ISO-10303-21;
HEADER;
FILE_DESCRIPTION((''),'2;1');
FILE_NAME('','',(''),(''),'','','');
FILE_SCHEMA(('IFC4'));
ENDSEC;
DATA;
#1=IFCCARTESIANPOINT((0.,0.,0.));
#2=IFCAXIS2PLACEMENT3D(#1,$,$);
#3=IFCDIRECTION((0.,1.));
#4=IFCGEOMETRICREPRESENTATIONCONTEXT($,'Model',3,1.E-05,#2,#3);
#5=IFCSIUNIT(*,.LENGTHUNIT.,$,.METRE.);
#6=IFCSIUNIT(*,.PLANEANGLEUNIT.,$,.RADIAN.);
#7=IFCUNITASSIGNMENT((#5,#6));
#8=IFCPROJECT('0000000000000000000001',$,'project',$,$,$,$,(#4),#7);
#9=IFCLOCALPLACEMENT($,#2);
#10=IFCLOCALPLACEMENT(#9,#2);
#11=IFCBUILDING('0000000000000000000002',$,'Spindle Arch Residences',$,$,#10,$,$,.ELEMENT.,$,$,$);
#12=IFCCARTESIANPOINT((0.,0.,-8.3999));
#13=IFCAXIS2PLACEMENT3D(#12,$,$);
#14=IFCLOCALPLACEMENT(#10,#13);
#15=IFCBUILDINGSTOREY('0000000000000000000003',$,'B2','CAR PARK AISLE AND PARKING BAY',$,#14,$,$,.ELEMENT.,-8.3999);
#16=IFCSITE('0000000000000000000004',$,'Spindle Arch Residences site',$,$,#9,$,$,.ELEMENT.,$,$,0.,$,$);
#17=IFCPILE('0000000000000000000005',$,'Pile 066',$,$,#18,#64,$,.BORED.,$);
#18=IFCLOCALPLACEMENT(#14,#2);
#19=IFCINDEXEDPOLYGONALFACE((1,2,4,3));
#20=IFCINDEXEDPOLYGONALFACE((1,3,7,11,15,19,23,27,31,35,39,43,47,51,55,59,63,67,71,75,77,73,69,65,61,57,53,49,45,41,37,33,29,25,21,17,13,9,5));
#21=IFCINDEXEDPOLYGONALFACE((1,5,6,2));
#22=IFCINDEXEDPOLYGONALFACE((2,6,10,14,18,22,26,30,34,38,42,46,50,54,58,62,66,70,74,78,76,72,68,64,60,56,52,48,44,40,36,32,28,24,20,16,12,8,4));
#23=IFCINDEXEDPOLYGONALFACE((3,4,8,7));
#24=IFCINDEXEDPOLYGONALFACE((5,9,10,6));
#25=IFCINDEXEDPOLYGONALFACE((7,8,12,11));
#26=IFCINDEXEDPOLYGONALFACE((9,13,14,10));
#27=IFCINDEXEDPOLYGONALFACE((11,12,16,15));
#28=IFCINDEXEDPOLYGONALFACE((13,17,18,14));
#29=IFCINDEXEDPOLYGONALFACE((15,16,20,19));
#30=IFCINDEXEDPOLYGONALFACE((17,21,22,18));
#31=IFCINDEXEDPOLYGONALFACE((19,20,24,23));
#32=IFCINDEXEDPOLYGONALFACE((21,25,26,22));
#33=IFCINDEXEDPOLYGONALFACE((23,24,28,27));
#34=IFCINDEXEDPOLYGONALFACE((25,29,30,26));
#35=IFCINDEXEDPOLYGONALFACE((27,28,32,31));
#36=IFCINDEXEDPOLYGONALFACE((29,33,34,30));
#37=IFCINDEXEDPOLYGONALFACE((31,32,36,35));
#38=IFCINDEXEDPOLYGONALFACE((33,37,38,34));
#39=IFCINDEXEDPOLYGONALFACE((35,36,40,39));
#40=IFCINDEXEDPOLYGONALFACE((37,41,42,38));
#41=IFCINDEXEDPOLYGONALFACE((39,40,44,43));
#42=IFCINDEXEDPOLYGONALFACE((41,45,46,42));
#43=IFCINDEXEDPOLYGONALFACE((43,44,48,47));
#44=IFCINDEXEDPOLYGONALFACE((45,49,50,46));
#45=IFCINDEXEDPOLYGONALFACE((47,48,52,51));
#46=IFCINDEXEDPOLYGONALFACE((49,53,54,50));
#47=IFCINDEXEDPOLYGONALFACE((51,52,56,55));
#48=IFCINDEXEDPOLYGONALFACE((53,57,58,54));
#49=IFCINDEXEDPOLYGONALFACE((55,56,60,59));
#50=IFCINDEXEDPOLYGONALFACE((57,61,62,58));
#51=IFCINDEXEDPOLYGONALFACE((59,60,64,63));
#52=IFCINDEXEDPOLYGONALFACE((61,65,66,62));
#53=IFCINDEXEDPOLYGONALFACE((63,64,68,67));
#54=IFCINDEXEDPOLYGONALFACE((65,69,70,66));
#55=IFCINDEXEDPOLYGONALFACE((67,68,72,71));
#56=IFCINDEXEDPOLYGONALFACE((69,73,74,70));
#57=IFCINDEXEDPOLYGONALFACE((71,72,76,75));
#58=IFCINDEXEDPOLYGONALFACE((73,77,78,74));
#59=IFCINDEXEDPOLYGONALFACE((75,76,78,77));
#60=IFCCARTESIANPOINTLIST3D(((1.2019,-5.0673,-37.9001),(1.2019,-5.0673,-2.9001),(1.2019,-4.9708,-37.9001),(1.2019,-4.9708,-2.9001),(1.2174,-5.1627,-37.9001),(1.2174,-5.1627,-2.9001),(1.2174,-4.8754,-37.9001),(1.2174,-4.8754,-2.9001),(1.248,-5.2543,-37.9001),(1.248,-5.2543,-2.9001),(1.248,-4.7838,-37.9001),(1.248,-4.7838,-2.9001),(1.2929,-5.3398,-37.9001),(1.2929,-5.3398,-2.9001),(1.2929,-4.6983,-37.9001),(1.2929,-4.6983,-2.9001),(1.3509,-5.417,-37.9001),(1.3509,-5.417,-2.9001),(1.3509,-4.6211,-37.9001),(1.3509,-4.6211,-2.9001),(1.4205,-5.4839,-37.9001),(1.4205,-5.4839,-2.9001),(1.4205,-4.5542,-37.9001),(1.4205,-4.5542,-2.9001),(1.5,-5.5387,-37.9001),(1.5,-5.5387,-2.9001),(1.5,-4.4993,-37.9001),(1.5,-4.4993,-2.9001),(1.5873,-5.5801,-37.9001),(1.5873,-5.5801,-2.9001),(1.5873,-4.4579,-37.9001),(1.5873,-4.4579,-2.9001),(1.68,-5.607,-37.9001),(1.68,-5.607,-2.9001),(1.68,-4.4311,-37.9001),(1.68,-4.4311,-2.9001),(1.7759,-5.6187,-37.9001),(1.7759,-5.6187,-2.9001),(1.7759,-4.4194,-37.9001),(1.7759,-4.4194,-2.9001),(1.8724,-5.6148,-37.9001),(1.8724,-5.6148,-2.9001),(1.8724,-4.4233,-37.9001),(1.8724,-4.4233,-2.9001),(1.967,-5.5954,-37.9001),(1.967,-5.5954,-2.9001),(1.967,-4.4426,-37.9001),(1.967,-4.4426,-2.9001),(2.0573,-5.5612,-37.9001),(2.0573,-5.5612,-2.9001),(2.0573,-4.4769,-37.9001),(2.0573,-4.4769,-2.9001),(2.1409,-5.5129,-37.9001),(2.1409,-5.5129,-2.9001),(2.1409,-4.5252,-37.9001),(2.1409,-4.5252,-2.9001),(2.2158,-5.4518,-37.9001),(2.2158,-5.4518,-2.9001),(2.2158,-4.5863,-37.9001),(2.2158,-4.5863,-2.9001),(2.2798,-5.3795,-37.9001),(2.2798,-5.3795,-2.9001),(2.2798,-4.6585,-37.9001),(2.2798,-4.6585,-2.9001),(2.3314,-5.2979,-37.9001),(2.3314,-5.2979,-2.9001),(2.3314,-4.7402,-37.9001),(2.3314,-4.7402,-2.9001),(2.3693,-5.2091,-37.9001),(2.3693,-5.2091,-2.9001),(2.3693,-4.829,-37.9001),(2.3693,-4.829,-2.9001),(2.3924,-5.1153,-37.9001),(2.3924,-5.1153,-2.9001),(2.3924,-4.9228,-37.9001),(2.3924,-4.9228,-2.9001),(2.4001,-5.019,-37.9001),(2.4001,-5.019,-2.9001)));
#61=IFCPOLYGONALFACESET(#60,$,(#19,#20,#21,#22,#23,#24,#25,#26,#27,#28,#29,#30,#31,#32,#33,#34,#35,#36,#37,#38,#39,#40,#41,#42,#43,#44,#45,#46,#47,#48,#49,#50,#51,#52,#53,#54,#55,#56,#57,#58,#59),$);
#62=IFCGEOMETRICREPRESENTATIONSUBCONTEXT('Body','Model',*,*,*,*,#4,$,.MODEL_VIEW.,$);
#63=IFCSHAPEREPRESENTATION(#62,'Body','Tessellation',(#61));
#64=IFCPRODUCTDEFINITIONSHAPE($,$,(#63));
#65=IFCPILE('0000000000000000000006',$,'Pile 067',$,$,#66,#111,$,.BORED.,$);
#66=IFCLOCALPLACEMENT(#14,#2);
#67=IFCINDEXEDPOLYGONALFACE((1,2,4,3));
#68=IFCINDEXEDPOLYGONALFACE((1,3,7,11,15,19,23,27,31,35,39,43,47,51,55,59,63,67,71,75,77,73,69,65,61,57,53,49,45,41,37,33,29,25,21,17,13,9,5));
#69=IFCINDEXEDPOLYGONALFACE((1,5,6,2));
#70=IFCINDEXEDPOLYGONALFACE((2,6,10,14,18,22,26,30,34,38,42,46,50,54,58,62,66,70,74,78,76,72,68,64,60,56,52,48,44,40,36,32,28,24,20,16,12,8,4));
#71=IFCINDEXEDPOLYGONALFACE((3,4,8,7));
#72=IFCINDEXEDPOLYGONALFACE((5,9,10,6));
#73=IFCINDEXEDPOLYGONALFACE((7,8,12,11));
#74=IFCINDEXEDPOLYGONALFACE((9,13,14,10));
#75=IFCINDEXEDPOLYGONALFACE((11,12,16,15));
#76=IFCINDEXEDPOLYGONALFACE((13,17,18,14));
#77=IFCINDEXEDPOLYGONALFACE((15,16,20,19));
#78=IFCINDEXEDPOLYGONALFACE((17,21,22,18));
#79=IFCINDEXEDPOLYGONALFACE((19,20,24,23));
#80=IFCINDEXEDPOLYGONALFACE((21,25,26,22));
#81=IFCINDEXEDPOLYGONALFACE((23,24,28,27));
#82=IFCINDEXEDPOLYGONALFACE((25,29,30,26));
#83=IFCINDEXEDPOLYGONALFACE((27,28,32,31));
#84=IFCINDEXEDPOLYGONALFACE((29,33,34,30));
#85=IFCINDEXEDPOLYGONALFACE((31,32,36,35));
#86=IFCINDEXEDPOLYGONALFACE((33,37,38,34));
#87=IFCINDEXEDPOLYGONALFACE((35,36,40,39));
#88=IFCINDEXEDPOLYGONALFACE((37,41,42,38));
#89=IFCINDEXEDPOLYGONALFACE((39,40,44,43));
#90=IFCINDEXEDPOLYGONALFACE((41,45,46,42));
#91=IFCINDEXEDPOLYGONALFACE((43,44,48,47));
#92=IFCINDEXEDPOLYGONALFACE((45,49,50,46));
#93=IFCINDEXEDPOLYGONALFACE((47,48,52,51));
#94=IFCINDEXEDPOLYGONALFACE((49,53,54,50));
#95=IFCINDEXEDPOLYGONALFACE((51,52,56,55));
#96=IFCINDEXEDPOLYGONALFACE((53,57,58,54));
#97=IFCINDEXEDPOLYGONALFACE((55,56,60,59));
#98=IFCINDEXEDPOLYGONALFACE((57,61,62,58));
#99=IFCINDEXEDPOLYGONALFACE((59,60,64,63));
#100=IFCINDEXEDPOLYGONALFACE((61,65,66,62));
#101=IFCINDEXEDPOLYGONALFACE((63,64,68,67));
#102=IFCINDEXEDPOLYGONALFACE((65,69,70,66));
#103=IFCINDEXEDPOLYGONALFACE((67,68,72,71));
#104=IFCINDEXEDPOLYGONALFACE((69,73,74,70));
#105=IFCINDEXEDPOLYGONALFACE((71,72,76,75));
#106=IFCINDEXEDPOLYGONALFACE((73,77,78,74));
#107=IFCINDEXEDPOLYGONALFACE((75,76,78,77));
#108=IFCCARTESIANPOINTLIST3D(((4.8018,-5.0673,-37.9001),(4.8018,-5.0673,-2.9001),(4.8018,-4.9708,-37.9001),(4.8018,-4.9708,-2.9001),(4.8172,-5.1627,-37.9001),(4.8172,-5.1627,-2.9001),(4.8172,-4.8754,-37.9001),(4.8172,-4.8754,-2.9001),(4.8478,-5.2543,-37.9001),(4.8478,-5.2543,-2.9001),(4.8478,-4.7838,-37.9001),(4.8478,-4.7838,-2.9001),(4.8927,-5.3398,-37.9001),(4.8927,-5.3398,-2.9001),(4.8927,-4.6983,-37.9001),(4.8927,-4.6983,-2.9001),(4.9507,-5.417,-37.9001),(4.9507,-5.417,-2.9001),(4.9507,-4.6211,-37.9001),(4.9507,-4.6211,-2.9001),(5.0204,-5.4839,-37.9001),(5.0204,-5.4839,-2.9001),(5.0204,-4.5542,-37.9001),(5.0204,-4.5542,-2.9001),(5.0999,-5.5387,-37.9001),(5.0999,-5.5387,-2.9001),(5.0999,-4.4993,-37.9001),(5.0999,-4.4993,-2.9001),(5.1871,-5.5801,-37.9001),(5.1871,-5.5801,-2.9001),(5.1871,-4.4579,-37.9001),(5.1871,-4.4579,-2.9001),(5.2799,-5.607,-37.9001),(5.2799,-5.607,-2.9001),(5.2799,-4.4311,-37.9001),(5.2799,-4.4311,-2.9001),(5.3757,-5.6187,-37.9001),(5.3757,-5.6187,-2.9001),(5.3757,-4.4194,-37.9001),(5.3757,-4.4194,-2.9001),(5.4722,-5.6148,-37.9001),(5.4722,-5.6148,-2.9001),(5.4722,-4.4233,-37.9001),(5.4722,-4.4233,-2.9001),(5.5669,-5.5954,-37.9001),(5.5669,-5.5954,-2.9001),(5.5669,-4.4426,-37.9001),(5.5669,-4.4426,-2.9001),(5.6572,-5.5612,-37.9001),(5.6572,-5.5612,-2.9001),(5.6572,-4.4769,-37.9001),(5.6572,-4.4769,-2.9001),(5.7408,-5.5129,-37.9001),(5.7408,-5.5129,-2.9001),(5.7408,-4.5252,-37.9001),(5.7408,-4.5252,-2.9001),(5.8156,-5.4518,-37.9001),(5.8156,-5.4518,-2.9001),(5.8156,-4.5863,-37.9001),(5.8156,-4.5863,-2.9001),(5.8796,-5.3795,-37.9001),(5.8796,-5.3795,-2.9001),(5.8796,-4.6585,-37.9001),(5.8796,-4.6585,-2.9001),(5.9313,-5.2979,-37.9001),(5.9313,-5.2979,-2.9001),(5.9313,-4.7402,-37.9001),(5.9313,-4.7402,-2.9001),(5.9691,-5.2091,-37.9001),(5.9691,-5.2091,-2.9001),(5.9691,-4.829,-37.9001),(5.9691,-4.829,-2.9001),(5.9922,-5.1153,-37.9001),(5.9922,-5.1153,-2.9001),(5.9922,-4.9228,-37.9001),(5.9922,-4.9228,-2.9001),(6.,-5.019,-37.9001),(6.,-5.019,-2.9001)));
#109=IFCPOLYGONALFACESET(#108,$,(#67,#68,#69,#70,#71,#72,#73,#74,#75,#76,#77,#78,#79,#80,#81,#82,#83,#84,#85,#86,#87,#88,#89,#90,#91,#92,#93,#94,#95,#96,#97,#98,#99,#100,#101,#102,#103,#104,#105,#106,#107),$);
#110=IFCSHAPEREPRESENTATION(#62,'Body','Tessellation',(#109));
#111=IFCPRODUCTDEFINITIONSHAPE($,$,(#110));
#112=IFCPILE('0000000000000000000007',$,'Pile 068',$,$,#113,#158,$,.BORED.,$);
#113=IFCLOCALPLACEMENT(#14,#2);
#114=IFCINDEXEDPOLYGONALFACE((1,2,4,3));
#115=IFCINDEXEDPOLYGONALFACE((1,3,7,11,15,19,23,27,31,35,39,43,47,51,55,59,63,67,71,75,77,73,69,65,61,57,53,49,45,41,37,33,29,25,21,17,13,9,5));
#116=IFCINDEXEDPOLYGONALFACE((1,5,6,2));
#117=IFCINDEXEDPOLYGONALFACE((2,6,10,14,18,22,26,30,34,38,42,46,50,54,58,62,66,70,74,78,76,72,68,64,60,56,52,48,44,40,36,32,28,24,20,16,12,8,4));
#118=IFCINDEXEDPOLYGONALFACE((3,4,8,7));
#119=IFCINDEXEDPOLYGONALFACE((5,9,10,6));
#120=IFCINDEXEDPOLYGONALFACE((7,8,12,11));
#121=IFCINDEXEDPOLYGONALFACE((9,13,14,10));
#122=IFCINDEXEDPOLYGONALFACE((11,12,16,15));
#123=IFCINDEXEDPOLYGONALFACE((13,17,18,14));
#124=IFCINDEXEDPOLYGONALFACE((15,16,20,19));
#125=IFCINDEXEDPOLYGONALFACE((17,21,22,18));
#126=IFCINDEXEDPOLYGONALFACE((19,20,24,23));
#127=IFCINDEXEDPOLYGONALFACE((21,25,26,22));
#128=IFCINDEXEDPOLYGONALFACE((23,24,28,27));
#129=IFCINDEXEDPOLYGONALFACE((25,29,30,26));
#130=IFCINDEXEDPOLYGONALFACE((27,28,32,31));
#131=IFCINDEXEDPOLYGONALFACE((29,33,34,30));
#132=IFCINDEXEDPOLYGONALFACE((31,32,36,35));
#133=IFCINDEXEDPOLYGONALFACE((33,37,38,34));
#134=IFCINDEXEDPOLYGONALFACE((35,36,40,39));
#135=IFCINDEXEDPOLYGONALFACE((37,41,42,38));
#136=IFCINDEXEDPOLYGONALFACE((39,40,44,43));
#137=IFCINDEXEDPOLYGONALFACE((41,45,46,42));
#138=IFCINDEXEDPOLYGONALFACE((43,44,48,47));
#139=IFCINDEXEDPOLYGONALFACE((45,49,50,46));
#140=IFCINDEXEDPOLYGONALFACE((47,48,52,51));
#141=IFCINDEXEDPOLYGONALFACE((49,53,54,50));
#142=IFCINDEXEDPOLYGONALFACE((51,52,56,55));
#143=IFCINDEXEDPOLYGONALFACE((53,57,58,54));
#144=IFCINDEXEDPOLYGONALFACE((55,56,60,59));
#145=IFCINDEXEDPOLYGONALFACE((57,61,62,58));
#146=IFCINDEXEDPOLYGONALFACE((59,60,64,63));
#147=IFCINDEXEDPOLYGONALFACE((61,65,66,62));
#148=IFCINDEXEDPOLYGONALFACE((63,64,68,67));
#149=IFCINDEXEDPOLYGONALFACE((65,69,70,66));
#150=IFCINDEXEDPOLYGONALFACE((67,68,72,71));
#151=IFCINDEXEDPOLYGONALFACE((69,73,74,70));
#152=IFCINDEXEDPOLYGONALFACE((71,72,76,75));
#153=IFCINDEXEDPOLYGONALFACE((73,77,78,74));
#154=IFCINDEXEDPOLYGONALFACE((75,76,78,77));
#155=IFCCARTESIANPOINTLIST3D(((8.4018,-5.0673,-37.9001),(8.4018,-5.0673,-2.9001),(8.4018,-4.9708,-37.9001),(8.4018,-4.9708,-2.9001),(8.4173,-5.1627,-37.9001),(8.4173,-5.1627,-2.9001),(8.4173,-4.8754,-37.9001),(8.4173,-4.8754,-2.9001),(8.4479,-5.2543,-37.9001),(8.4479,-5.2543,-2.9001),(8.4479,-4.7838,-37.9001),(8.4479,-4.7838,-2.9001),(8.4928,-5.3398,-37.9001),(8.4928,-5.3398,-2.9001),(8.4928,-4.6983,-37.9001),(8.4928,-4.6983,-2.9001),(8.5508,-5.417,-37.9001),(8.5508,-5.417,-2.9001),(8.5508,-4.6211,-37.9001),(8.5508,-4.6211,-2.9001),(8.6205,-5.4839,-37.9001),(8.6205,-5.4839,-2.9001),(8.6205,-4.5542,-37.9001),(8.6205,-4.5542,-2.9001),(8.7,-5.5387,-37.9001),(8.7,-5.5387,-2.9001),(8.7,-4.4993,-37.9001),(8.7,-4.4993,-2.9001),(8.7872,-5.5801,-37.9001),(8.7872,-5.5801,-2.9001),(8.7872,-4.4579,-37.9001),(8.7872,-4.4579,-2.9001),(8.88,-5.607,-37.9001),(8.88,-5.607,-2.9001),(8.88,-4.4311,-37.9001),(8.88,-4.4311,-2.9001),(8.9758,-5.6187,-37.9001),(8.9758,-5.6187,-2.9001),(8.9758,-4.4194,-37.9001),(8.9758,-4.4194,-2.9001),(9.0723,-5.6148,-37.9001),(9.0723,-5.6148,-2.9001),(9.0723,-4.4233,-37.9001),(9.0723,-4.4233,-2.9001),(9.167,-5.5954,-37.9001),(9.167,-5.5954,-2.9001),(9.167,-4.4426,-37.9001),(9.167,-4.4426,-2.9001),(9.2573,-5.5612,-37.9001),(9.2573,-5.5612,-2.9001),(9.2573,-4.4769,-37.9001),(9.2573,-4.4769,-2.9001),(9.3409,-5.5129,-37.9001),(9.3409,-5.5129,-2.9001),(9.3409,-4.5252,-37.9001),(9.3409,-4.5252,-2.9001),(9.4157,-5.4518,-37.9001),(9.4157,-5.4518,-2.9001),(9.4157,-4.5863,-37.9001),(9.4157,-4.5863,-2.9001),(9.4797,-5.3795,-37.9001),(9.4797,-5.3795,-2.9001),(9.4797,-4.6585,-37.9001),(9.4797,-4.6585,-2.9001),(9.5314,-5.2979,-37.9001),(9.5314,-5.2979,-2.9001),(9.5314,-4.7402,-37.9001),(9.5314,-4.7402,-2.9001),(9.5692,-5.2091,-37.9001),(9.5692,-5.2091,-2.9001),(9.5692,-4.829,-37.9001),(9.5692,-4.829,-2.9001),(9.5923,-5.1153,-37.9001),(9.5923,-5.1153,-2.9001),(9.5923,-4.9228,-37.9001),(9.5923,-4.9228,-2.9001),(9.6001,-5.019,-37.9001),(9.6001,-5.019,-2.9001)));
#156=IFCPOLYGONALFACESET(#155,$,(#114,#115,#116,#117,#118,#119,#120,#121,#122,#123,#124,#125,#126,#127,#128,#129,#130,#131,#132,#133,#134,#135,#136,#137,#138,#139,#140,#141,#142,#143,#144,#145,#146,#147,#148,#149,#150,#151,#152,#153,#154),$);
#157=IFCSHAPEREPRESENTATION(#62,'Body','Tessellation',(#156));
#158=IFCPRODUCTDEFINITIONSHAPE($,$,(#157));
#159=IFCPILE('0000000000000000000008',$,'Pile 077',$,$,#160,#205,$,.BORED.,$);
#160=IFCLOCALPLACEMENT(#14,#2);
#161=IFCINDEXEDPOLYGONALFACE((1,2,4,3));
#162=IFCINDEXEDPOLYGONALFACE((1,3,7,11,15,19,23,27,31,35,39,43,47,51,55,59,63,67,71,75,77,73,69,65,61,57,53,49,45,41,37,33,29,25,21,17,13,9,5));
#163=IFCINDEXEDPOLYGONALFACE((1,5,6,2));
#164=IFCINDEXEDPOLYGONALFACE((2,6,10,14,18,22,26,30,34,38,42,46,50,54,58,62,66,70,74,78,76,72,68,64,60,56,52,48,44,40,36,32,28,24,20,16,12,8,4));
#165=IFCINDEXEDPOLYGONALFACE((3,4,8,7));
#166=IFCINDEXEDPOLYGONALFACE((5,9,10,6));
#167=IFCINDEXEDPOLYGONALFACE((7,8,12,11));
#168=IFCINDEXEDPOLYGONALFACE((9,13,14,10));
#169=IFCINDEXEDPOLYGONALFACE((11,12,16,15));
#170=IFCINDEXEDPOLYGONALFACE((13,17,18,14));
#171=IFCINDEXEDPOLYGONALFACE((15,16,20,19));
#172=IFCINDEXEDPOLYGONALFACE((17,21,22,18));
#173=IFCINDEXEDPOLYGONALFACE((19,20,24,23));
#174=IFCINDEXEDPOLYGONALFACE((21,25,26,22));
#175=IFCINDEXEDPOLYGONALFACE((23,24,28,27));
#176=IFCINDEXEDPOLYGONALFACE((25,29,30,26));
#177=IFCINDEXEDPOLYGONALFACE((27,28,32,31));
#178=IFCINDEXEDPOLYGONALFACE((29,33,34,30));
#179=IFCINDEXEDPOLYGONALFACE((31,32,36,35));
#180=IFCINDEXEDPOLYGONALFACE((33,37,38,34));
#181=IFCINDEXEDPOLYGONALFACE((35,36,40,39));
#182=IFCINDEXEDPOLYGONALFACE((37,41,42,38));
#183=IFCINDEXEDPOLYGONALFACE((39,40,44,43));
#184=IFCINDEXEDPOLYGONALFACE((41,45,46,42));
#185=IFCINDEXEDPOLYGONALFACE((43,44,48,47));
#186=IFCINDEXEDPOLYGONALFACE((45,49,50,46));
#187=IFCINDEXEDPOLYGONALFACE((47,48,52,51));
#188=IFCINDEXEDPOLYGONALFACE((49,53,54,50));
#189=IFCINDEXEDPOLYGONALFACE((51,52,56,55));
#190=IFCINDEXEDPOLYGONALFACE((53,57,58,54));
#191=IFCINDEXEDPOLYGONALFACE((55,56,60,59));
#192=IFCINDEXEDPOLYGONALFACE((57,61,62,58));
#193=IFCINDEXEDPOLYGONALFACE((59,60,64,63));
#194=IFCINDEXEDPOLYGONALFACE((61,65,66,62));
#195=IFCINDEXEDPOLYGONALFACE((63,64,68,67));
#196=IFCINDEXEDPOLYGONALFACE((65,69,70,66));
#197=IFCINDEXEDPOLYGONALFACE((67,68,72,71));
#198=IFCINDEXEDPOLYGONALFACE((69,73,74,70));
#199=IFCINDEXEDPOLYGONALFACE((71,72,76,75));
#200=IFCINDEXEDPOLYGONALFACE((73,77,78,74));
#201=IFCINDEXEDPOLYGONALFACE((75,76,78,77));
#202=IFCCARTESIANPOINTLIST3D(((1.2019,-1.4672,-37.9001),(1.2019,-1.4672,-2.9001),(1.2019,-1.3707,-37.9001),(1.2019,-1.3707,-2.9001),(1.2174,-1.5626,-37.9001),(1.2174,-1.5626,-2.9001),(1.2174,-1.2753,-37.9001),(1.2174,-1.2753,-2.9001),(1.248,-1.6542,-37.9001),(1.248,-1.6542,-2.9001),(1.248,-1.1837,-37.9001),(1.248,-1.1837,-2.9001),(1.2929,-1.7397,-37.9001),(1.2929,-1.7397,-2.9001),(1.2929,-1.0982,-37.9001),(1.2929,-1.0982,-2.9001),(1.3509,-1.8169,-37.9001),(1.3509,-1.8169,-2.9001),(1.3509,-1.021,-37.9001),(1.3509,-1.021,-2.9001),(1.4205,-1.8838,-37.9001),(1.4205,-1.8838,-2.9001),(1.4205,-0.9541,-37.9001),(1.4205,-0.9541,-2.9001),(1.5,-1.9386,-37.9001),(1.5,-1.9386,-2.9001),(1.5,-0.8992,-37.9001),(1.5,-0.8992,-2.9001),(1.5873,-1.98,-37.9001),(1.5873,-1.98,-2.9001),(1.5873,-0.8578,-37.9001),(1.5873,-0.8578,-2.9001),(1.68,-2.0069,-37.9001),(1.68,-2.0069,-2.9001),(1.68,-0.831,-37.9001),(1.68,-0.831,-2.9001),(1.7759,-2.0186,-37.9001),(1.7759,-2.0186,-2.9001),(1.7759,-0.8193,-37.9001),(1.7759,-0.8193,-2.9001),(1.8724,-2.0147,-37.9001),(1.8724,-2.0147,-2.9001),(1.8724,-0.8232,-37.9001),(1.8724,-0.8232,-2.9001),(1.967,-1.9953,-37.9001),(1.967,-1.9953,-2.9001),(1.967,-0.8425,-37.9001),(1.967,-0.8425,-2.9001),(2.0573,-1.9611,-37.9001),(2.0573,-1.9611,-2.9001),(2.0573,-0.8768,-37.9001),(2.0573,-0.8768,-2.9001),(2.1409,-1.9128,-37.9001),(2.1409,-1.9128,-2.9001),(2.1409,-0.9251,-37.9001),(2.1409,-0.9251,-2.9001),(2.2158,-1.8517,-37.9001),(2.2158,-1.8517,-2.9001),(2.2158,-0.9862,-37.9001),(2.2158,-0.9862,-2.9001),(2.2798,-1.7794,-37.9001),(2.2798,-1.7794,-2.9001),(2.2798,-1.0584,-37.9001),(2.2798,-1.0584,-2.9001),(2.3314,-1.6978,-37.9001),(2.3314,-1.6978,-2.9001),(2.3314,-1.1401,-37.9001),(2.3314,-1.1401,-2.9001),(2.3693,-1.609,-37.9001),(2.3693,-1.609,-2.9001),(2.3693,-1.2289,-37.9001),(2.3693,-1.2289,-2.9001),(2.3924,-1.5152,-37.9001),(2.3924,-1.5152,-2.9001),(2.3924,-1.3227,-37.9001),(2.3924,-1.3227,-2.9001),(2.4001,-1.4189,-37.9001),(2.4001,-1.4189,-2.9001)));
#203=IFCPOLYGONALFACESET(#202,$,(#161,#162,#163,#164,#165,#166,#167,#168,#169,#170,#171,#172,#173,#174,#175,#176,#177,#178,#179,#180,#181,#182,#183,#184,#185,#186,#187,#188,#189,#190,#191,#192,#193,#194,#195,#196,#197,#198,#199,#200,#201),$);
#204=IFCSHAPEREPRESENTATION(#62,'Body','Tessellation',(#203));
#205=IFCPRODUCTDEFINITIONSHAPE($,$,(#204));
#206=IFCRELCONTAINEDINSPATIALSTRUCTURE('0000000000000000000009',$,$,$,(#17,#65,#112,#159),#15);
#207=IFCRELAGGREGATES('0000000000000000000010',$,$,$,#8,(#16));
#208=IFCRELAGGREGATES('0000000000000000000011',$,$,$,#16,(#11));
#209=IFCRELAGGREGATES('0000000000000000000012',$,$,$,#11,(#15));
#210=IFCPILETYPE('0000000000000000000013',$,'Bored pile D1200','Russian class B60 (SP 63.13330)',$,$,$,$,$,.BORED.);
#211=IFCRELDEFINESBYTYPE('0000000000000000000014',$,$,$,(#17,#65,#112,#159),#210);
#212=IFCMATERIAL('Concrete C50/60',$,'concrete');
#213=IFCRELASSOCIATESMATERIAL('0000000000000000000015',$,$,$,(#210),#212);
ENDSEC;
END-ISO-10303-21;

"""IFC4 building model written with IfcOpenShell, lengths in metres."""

from ifc_helpers import new_model, si_unit, direction, frame, origin, origin_2d, place, context, subcontext, project, spatial, circle, extrude, material, material_profile, profile_set, type_object, element, save


model = new_model("IFC4")

# Units and contexts
model_context = context("Model", 3, precision=1e-05, world=origin(), true_north=direction((0.0, 1.0)))
body_context = subcontext(model_context, "Body", "Model", "MODEL_VIEW")
ifc_project = project(units=[si_unit("LENGTHUNIT", "METRE"), si_unit("PLANEANGLEUNIT", "RADIAN")], contexts=[model_context])

# Site, building, storey
site_placement = place(None, origin())
site = spatial("IfcSite", under=ifc_project, at=site_placement, Name="Spindle Arch Residences site", CompositionType="ELEMENT", RefElevation=0.0)
building_placement = place(site_placement, origin())
building = spatial("IfcBuilding", under=site, at=building_placement, Name="Spindle Arch Residences", CompositionType="ELEMENT")
storey_placement = place(building_placement, frame((0.0, 0.0, -8.3999)))
storey = spatial("IfcBuildingStorey", under=building, at=storey_placement, Name="B2", Description="CAR PARK AISLE AND PARKING BAY", CompositionType="ELEMENT", Elevation=-8.3999)

# Piles
ifc_material_1 = material(Name="Concrete C50/60", Category="concrete")
ifc_material_profile = material_profile(ifc_material_1, circle(Radius=0.6001, at=origin_2d()), Name="BP D1200")
ifc_profile_set = profile_set([ifc_material_profile], Name="Concrete C50/60")
pile_type = type_object("IfcPileType", Name="Bored pile D1200", Description="Russian class B60 (SP 63.13330)", PredefinedType="BORED", material=ifc_profile_set)
for number, where, z_axis, x_axis, name in (
    (1, (1.8, -5.019, -2.9001), (0.0, 0.0, -1.0), (1.0, 0.0, 0.0), "Pile 066"),
    (2, (5.3999, -5.019, -2.9001), (0.0, 0.0, -1.0), (1.0, 0.0, 0.0), "Pile 067"),
    (3, (9.0, -5.019, -2.9001), (0.0, 0.0, -1.0), (1.0, 0.0, 0.0), "Pile 068"),
    (4, (1.8, -1.4189, -2.9001), (0.0, 0.0, -1.0), (1.0, 0.0, 0.0), "Pile 077"),
):
    element("IfcPile", number, at=place(storey_placement, frame(where, z_axis=z_axis, x_axis=x_axis)), inside=storey, type_object=pile_type, Name=name, PredefinedType="BORED", context=body_context, shape_type="SweptSolid", body=[
        extrude(circle(Radius=0.6001, at=origin_2d()), origin(), (0.0, 0.0, 1.0), 35.0),
    ])

save(model, "model.ifc")
